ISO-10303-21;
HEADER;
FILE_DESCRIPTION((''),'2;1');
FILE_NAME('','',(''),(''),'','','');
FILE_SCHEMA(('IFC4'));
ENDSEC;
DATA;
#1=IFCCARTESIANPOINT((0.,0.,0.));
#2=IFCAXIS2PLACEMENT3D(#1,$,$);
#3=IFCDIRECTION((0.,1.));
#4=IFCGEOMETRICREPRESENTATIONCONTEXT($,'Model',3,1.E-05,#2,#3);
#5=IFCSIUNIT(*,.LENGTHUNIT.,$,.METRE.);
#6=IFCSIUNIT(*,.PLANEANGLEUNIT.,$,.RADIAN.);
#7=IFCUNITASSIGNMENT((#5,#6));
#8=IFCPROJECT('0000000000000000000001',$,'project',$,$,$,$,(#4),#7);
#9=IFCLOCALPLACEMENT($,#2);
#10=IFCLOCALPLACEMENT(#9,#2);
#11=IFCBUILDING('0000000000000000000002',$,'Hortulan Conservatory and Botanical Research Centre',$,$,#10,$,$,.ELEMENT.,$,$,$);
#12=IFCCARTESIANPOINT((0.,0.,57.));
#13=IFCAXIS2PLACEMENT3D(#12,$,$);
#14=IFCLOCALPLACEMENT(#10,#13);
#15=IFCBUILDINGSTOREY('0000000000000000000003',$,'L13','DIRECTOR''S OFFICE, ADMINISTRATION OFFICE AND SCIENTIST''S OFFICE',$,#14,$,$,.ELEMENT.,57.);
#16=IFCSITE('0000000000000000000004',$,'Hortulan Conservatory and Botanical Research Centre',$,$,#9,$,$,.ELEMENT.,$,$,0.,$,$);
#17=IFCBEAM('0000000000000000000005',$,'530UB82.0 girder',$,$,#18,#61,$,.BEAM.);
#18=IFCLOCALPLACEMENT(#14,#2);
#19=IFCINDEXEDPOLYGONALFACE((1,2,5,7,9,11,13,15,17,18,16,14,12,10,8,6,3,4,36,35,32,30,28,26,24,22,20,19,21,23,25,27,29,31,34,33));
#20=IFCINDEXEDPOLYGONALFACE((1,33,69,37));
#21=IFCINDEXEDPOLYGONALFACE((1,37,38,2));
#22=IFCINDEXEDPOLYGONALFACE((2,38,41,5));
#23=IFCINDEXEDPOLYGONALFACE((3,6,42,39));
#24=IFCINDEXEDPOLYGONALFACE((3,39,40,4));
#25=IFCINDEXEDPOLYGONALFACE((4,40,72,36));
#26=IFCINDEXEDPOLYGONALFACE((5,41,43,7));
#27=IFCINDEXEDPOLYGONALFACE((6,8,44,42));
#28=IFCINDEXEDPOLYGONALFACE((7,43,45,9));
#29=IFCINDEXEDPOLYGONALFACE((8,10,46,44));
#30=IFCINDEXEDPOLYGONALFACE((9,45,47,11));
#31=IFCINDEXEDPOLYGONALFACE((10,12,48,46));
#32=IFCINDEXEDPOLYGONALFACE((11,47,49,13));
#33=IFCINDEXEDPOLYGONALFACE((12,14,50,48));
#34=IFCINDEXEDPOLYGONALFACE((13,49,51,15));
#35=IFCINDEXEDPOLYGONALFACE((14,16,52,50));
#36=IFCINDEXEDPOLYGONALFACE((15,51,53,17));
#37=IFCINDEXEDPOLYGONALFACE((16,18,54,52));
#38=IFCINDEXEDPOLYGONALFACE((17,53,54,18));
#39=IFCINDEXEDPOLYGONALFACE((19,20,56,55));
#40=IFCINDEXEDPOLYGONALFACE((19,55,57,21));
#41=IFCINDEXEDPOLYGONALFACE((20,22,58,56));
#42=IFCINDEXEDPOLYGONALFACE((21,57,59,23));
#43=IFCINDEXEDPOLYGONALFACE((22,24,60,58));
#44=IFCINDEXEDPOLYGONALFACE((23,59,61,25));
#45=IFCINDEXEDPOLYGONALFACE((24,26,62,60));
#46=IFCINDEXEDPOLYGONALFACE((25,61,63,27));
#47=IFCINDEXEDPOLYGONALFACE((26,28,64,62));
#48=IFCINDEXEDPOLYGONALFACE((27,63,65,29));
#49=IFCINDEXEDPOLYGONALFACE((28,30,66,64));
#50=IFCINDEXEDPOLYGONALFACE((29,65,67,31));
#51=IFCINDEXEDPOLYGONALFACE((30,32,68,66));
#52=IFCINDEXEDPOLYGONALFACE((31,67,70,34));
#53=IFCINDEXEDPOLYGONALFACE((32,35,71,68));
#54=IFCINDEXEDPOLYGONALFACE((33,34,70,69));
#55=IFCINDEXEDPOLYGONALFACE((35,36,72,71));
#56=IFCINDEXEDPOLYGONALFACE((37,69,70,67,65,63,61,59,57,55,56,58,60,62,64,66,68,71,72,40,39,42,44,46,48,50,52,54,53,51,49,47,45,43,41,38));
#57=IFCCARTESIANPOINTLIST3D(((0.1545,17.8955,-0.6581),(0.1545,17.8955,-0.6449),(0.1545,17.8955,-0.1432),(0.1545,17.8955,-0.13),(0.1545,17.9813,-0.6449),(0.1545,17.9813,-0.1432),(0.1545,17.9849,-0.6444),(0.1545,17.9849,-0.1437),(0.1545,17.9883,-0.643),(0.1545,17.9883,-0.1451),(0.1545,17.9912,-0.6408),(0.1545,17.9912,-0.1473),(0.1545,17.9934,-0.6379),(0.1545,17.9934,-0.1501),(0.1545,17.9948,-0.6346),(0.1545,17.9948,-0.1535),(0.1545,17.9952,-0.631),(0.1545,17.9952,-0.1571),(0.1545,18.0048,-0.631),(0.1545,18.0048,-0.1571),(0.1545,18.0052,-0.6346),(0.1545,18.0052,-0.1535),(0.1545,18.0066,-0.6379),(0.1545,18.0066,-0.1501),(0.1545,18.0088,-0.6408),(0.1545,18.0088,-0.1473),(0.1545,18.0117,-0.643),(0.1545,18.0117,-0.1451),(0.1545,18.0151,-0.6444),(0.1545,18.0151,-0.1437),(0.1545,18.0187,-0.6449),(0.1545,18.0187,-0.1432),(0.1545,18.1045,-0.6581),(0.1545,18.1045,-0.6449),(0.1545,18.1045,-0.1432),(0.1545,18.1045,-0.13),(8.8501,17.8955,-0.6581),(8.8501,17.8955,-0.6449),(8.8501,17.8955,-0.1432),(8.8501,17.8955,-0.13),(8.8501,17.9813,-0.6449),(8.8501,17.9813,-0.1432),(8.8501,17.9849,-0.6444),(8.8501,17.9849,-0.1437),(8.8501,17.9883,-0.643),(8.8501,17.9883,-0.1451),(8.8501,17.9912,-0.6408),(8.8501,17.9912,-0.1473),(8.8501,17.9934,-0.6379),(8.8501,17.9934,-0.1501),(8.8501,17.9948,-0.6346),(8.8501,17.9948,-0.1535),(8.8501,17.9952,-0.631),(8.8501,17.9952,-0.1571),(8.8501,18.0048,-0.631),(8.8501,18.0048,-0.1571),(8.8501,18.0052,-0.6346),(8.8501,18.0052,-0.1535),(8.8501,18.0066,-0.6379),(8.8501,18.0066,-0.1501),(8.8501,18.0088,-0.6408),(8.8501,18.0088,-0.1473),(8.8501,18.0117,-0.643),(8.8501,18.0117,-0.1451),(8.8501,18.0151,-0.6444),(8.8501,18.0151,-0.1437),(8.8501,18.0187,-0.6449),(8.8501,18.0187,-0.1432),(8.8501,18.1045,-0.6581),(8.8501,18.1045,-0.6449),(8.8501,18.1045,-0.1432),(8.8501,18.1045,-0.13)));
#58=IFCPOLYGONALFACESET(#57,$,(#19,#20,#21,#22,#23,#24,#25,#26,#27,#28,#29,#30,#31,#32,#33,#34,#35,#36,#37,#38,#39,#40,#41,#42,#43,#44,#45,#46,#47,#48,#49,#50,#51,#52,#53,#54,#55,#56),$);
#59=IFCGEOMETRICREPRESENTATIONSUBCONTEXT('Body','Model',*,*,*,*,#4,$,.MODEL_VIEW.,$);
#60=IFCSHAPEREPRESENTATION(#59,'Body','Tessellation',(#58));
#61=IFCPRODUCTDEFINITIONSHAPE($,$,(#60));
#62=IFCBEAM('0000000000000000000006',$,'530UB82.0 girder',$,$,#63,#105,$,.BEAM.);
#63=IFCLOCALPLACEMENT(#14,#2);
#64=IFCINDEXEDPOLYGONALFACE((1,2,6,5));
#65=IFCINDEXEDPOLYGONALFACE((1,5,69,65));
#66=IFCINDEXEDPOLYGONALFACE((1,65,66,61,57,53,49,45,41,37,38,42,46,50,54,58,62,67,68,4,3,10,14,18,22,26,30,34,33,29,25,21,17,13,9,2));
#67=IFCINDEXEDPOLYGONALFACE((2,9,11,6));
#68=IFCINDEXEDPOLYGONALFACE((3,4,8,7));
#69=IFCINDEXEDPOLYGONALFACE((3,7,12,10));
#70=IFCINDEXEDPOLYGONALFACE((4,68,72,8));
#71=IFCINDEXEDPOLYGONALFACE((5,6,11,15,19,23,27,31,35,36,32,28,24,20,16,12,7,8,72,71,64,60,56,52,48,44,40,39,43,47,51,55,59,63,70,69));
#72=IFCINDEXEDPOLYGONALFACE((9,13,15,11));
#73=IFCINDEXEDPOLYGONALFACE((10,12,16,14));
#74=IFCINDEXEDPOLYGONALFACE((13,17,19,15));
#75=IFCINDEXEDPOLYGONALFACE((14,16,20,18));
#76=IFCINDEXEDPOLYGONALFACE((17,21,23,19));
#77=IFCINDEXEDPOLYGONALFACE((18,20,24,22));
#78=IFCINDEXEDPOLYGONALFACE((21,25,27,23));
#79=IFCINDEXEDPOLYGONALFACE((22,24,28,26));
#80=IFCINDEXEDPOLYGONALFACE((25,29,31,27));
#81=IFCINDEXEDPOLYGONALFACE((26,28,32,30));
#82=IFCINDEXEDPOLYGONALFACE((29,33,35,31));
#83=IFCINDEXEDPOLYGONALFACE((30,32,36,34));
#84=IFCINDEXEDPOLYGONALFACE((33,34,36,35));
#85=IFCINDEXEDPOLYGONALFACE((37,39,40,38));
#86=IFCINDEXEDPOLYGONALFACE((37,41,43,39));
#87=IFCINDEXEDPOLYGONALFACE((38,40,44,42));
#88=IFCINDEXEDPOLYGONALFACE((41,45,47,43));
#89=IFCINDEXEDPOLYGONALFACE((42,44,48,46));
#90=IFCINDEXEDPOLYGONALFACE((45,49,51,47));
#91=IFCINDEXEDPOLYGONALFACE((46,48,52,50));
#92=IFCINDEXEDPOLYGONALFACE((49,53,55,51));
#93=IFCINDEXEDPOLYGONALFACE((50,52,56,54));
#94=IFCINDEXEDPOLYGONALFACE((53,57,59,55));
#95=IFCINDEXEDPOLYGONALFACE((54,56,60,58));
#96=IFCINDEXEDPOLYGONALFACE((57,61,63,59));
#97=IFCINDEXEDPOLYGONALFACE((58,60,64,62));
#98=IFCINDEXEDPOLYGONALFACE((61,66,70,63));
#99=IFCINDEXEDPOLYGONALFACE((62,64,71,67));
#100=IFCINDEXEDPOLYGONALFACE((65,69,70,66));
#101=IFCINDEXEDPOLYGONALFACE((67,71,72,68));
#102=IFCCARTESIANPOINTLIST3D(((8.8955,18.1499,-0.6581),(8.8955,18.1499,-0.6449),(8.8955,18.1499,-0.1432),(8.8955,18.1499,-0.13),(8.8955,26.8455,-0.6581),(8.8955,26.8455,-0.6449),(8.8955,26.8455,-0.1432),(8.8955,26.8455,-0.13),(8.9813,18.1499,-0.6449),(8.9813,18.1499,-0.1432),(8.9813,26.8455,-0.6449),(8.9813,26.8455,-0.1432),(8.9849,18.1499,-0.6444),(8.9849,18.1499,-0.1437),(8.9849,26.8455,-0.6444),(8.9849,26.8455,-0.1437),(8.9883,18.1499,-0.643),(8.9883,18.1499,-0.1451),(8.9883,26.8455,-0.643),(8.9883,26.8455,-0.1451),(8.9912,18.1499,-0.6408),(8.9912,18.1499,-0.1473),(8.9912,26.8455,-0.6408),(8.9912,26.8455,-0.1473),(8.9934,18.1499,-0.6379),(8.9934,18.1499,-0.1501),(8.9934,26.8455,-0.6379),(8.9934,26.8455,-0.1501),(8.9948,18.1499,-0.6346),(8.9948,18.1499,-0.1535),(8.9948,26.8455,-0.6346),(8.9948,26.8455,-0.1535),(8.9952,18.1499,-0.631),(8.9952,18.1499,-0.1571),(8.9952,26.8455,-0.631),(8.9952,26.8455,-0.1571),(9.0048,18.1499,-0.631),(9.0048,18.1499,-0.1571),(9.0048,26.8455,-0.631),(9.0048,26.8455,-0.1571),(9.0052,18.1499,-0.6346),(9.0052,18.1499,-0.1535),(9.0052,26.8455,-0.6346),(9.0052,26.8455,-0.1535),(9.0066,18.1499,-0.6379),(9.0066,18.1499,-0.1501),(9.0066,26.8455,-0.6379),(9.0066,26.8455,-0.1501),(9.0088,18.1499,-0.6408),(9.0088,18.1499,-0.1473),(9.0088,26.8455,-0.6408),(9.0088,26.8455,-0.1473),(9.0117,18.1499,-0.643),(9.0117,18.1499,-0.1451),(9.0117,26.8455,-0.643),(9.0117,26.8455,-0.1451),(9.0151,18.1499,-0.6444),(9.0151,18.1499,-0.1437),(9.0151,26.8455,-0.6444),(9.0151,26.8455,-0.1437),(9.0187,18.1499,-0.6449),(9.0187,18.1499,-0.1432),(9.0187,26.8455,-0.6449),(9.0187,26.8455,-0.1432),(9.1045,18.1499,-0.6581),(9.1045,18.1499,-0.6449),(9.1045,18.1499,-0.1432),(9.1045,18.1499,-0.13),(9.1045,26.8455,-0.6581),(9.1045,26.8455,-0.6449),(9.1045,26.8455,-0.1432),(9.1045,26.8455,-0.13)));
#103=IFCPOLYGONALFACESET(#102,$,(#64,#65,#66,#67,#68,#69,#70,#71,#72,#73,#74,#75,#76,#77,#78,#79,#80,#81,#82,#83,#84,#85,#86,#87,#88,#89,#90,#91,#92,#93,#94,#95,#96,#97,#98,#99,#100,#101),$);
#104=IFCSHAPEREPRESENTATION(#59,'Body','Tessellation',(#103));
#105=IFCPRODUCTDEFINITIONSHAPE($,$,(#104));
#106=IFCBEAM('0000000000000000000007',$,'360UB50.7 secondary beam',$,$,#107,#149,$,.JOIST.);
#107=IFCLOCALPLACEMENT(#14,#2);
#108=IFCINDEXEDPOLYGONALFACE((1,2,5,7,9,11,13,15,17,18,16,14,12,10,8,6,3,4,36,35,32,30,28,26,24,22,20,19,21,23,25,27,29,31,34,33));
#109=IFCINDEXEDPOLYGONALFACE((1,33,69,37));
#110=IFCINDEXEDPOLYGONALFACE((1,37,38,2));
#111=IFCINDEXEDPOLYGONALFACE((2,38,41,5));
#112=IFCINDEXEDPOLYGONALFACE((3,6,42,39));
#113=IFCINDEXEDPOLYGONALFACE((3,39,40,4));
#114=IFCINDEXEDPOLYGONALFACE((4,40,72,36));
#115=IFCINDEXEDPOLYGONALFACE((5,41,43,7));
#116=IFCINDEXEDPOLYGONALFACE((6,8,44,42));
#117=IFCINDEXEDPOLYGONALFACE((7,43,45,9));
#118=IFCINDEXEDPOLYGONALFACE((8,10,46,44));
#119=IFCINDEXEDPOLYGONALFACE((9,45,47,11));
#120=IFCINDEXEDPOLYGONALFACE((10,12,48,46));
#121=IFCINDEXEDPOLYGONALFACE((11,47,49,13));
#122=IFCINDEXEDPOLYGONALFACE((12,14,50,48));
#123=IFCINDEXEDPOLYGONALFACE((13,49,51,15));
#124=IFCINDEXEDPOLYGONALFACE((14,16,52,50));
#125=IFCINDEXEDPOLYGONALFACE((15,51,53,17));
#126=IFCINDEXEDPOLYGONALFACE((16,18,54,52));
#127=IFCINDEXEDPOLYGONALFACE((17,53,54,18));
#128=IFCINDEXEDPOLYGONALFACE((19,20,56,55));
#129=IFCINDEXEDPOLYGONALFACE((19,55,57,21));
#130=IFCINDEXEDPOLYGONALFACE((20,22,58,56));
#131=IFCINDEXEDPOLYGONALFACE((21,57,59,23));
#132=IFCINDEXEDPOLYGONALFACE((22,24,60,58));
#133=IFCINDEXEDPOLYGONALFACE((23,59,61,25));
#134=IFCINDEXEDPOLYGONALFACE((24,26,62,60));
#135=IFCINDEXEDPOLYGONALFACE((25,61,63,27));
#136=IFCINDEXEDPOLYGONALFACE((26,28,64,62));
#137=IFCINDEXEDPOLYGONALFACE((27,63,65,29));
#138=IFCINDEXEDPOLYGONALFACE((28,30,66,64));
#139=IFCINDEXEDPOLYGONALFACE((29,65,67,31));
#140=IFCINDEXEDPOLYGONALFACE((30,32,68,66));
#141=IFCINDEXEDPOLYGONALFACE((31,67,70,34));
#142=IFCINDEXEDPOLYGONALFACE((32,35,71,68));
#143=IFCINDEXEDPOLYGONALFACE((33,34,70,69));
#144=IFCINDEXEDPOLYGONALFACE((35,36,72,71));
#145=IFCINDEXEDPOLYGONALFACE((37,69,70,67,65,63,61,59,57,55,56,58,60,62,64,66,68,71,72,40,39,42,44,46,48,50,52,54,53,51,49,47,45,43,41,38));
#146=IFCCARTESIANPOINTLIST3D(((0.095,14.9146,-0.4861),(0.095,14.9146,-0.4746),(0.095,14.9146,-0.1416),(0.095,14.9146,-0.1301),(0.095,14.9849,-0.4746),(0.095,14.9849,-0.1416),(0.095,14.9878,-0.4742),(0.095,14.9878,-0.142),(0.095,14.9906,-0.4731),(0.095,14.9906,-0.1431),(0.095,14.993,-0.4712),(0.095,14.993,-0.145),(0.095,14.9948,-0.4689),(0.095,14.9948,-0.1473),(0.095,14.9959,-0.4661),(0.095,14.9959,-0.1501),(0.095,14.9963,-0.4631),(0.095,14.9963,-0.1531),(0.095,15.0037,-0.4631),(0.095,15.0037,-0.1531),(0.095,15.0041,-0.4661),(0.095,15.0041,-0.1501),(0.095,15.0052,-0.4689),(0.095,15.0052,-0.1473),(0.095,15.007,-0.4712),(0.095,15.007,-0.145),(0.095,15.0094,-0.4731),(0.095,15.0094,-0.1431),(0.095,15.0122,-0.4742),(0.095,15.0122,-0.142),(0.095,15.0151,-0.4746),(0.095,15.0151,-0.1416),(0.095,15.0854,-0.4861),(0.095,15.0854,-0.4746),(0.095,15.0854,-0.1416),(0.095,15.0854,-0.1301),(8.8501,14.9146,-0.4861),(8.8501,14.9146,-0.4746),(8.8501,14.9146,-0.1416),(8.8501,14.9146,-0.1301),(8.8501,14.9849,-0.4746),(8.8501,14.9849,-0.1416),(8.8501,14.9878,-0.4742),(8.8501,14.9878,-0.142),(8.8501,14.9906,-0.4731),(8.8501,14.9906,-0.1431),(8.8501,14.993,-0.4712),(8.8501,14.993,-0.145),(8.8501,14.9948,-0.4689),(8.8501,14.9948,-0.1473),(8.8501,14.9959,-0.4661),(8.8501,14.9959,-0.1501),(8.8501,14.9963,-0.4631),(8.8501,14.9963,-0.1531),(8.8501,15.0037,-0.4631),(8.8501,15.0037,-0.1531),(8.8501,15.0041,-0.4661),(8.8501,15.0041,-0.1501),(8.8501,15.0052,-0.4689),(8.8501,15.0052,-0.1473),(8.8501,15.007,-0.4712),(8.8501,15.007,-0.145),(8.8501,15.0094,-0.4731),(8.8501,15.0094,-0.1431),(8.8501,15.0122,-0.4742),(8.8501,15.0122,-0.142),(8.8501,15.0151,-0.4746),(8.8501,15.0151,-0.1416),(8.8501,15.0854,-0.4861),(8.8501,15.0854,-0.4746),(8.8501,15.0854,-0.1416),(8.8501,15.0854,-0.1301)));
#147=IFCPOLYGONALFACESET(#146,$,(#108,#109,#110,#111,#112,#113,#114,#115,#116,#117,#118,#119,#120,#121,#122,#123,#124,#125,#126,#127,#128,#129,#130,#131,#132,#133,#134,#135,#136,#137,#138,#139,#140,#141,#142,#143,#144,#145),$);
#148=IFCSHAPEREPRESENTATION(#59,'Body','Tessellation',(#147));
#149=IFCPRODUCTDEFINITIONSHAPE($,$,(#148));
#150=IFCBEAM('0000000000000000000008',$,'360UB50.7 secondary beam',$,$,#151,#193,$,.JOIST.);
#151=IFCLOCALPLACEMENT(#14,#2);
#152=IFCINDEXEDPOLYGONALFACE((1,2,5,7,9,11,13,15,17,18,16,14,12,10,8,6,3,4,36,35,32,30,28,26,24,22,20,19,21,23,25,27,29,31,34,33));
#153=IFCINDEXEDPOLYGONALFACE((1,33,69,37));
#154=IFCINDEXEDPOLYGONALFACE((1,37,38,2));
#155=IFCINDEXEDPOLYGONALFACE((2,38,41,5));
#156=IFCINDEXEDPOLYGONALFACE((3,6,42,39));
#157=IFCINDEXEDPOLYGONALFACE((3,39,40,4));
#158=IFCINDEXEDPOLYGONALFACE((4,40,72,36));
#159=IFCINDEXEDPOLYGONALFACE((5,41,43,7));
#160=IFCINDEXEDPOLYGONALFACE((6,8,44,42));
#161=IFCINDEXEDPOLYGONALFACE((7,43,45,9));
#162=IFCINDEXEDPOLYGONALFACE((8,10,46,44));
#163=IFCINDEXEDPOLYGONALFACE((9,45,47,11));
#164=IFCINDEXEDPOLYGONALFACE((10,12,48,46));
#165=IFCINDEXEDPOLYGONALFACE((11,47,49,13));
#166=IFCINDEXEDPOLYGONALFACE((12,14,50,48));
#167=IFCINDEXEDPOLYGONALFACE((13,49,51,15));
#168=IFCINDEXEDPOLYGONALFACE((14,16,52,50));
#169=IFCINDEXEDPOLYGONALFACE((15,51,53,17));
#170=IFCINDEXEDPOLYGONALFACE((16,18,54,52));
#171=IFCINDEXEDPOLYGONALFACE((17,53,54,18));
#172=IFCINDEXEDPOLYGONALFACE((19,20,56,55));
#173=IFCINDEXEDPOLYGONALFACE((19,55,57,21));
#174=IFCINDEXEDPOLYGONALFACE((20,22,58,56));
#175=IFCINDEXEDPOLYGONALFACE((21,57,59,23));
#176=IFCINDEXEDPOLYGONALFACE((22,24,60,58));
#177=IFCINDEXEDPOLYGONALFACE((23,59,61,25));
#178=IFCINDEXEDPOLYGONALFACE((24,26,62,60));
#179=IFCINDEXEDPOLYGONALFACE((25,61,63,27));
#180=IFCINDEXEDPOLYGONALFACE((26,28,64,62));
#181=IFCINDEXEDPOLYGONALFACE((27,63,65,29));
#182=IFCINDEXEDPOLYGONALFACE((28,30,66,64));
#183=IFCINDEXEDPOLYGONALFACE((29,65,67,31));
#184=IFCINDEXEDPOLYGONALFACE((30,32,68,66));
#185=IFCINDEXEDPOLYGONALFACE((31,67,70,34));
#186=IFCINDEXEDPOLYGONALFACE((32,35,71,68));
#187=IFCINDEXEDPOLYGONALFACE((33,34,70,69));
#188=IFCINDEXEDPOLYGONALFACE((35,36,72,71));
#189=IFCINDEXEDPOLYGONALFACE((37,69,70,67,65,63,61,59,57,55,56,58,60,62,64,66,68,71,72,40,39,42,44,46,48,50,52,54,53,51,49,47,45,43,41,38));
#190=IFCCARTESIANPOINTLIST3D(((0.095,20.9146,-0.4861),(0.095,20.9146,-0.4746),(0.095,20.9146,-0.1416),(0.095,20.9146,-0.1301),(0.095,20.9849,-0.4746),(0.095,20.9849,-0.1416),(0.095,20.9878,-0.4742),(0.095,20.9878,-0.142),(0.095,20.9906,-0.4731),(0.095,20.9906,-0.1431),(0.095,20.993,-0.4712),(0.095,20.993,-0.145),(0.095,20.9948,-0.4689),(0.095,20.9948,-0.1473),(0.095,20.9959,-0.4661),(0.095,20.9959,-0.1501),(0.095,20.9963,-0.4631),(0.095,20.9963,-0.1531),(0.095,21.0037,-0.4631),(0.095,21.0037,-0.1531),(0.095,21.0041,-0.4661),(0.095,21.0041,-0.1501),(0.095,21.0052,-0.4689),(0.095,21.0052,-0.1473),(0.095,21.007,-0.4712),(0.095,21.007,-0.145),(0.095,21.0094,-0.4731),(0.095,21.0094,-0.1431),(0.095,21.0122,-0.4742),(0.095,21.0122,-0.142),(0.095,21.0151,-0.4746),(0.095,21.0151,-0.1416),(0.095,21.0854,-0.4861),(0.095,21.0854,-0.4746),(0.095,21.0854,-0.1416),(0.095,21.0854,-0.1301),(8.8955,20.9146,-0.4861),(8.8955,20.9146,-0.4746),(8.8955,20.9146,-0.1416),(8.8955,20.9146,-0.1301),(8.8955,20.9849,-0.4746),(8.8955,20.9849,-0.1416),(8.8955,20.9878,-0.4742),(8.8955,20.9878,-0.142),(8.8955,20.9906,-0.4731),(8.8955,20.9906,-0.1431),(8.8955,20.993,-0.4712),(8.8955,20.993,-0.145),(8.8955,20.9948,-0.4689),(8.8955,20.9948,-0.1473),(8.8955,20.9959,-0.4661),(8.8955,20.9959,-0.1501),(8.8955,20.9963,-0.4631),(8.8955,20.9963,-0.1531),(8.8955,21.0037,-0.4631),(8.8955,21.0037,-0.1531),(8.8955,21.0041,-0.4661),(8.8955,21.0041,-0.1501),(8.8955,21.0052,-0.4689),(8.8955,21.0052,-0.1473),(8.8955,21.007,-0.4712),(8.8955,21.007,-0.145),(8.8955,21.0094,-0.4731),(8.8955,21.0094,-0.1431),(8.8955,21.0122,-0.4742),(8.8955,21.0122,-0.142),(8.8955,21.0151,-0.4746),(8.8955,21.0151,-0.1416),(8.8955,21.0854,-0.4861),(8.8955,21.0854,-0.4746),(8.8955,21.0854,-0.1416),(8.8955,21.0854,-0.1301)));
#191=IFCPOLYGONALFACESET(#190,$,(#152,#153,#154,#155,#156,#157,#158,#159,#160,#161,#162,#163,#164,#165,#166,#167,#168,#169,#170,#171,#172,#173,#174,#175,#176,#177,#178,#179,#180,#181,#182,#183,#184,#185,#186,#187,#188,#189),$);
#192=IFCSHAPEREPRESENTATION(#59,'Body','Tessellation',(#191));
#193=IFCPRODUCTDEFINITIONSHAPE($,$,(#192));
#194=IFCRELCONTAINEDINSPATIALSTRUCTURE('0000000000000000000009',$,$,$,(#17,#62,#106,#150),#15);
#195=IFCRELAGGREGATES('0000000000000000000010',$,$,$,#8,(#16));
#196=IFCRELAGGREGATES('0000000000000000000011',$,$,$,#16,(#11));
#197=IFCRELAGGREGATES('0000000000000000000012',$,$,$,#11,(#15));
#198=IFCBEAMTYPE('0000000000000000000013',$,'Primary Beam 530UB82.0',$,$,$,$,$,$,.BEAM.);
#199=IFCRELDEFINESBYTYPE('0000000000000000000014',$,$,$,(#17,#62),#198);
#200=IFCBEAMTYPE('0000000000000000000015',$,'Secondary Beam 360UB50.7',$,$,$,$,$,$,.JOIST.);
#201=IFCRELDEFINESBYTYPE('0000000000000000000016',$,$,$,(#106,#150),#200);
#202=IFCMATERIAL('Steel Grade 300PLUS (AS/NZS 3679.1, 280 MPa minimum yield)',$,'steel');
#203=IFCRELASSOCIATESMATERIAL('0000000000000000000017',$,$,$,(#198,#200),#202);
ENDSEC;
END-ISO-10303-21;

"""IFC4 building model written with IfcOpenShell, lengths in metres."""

from ifc_helpers import new_model, si_unit, direction, frame, origin, origin_2d, place, context, subcontext, project, spatial, i_section, extrude, material, material_profile, profile_set, type_object, element, save


model = new_model("IFC4")

# Units and contexts
model_context = context("Model", 3, precision=1e-05, world=origin(), true_north=direction((0.0, 1.0)))
body_context = subcontext(model_context, "Body", "Model", "MODEL_VIEW")
ifc_project = project(units=[si_unit("LENGTHUNIT", "METRE"), si_unit("PLANEANGLEUNIT", "RADIAN")], contexts=[model_context])

# Site, building, storey
site_placement = place(None, origin())
site = spatial("IfcSite", under=ifc_project, at=site_placement, Name="Hortulan Conservatory and Botanical Research Centre", CompositionType="ELEMENT", RefElevation=0.0)
building_placement = place(site_placement, origin())
building = spatial("IfcBuilding", under=site, at=building_placement, Name="Hortulan Conservatory and Botanical Research Centre", CompositionType="ELEMENT")
storey_placement = place(building_placement, frame((0.0, 0.0, 57.0)))
storey = spatial("IfcBuildingStorey", under=building, at=storey_placement, Name="L13", Description="DIRECTOR'S OFFICE, ADMINISTRATION OFFICE AND SCIENTIST'S OFFICE", CompositionType="ELEMENT", Elevation=57.0)

# Shared definitions
ifc_material_1 = material(Name="Steel Grade 300PLUS (AS/NZS 3679.1, 280 MPa minimum yield)", Category="steel")

# Beams
ifc_material_profile_1 = material_profile(ifc_material_1, i_section(OverallWidth=0.209, OverallDepth=0.5281, WebThickness=0.0095, FlangeThickness=0.0132, FilletRadius=0.0139, at=origin_2d()), Name="530UB82.0")
ifc_profile_set_1 = profile_set([ifc_material_profile_1], Name="Steel Grade 300PLUS (AS/NZS 3679.1, 280 MPa minimum yield)")
beam_type_1 = type_object("IfcBeamType", Name="Primary Beam 530UB82.0", PredefinedType="BEAM", material=ifc_profile_set_1)
for number, where, z_axis, x_axis, name in (
    (1, (0.1545, 18.0, -0.394), (1.0, 0.0, 0.0), (0.0, 1.0, 0.0), "530UB82.0 girder"),
    (2, (9.0, 18.1499, -0.394), (0.0, 1.0, 0.0), (-1.0, 0.0, 0.0), "530UB82.0 girder"),
):
    element("IfcBeam", number, at=place(storey_placement, frame(where, z_axis=z_axis, x_axis=x_axis)), inside=storey, type_object=beam_type_1, Name=name, PredefinedType="BEAM", context=body_context, shape_type="SweptSolid", body=[
        extrude(i_section(OverallWidth=0.209, OverallDepth=0.5281, WebThickness=0.0095, FlangeThickness=0.0132, FilletRadius=0.0139, at=origin_2d()), origin(), (0.0, 0.0, 1.0), 8.6956),
    ])
ifc_material_profile_2 = material_profile(ifc_material_1, i_section(OverallWidth=0.1709, OverallDepth=0.356, WebThickness=0.0073, FlangeThickness=0.0115, FilletRadius=0.0115, at=origin_2d()), Name="360UB50.7")
ifc_profile_set_2 = profile_set([ifc_material_profile_2], Name="Steel Grade 300PLUS (AS/NZS 3679.1, 280 MPa minimum yield)")
beam_type_2 = type_object("IfcBeamType", Name="Secondary Beam 360UB50.7", PredefinedType="JOIST", material=ifc_profile_set_2)
beam_1_placement = place(storey_placement, frame((0.095, 15.0, -0.3081), z_axis=(1.0, 0.0, 0.0), x_axis=(0.0, 1.0, 0.0)))
element("IfcBeam", 3, at=beam_1_placement, inside=storey, type_object=beam_type_2, Name="360UB50.7 secondary beam", PredefinedType="JOIST", context=body_context, shape_type="SweptSolid", body=[
    extrude(i_section(OverallWidth=0.1709, OverallDepth=0.356, WebThickness=0.0073, FlangeThickness=0.0115, FilletRadius=0.0115, at=origin_2d()), origin(), (0.0, 0.0, 1.0), 8.7551),
])
beam_2_placement = place(storey_placement, frame((0.095, 21.0, -0.3081), z_axis=(1.0, 0.0, 0.0), x_axis=(0.0, 1.0, 0.0)))
element("IfcBeam", 4, at=beam_2_placement, inside=storey, type_object=beam_type_2, Name="360UB50.7 secondary beam", PredefinedType="JOIST", context=body_context, shape_type="SweptSolid", body=[
    extrude(i_section(OverallWidth=0.1709, OverallDepth=0.356, WebThickness=0.0073, FlangeThickness=0.0115, FilletRadius=0.0115, at=origin_2d()), origin(), (0.0, 0.0, 1.0), 8.8005),
])

save(model, "model.ifc")
